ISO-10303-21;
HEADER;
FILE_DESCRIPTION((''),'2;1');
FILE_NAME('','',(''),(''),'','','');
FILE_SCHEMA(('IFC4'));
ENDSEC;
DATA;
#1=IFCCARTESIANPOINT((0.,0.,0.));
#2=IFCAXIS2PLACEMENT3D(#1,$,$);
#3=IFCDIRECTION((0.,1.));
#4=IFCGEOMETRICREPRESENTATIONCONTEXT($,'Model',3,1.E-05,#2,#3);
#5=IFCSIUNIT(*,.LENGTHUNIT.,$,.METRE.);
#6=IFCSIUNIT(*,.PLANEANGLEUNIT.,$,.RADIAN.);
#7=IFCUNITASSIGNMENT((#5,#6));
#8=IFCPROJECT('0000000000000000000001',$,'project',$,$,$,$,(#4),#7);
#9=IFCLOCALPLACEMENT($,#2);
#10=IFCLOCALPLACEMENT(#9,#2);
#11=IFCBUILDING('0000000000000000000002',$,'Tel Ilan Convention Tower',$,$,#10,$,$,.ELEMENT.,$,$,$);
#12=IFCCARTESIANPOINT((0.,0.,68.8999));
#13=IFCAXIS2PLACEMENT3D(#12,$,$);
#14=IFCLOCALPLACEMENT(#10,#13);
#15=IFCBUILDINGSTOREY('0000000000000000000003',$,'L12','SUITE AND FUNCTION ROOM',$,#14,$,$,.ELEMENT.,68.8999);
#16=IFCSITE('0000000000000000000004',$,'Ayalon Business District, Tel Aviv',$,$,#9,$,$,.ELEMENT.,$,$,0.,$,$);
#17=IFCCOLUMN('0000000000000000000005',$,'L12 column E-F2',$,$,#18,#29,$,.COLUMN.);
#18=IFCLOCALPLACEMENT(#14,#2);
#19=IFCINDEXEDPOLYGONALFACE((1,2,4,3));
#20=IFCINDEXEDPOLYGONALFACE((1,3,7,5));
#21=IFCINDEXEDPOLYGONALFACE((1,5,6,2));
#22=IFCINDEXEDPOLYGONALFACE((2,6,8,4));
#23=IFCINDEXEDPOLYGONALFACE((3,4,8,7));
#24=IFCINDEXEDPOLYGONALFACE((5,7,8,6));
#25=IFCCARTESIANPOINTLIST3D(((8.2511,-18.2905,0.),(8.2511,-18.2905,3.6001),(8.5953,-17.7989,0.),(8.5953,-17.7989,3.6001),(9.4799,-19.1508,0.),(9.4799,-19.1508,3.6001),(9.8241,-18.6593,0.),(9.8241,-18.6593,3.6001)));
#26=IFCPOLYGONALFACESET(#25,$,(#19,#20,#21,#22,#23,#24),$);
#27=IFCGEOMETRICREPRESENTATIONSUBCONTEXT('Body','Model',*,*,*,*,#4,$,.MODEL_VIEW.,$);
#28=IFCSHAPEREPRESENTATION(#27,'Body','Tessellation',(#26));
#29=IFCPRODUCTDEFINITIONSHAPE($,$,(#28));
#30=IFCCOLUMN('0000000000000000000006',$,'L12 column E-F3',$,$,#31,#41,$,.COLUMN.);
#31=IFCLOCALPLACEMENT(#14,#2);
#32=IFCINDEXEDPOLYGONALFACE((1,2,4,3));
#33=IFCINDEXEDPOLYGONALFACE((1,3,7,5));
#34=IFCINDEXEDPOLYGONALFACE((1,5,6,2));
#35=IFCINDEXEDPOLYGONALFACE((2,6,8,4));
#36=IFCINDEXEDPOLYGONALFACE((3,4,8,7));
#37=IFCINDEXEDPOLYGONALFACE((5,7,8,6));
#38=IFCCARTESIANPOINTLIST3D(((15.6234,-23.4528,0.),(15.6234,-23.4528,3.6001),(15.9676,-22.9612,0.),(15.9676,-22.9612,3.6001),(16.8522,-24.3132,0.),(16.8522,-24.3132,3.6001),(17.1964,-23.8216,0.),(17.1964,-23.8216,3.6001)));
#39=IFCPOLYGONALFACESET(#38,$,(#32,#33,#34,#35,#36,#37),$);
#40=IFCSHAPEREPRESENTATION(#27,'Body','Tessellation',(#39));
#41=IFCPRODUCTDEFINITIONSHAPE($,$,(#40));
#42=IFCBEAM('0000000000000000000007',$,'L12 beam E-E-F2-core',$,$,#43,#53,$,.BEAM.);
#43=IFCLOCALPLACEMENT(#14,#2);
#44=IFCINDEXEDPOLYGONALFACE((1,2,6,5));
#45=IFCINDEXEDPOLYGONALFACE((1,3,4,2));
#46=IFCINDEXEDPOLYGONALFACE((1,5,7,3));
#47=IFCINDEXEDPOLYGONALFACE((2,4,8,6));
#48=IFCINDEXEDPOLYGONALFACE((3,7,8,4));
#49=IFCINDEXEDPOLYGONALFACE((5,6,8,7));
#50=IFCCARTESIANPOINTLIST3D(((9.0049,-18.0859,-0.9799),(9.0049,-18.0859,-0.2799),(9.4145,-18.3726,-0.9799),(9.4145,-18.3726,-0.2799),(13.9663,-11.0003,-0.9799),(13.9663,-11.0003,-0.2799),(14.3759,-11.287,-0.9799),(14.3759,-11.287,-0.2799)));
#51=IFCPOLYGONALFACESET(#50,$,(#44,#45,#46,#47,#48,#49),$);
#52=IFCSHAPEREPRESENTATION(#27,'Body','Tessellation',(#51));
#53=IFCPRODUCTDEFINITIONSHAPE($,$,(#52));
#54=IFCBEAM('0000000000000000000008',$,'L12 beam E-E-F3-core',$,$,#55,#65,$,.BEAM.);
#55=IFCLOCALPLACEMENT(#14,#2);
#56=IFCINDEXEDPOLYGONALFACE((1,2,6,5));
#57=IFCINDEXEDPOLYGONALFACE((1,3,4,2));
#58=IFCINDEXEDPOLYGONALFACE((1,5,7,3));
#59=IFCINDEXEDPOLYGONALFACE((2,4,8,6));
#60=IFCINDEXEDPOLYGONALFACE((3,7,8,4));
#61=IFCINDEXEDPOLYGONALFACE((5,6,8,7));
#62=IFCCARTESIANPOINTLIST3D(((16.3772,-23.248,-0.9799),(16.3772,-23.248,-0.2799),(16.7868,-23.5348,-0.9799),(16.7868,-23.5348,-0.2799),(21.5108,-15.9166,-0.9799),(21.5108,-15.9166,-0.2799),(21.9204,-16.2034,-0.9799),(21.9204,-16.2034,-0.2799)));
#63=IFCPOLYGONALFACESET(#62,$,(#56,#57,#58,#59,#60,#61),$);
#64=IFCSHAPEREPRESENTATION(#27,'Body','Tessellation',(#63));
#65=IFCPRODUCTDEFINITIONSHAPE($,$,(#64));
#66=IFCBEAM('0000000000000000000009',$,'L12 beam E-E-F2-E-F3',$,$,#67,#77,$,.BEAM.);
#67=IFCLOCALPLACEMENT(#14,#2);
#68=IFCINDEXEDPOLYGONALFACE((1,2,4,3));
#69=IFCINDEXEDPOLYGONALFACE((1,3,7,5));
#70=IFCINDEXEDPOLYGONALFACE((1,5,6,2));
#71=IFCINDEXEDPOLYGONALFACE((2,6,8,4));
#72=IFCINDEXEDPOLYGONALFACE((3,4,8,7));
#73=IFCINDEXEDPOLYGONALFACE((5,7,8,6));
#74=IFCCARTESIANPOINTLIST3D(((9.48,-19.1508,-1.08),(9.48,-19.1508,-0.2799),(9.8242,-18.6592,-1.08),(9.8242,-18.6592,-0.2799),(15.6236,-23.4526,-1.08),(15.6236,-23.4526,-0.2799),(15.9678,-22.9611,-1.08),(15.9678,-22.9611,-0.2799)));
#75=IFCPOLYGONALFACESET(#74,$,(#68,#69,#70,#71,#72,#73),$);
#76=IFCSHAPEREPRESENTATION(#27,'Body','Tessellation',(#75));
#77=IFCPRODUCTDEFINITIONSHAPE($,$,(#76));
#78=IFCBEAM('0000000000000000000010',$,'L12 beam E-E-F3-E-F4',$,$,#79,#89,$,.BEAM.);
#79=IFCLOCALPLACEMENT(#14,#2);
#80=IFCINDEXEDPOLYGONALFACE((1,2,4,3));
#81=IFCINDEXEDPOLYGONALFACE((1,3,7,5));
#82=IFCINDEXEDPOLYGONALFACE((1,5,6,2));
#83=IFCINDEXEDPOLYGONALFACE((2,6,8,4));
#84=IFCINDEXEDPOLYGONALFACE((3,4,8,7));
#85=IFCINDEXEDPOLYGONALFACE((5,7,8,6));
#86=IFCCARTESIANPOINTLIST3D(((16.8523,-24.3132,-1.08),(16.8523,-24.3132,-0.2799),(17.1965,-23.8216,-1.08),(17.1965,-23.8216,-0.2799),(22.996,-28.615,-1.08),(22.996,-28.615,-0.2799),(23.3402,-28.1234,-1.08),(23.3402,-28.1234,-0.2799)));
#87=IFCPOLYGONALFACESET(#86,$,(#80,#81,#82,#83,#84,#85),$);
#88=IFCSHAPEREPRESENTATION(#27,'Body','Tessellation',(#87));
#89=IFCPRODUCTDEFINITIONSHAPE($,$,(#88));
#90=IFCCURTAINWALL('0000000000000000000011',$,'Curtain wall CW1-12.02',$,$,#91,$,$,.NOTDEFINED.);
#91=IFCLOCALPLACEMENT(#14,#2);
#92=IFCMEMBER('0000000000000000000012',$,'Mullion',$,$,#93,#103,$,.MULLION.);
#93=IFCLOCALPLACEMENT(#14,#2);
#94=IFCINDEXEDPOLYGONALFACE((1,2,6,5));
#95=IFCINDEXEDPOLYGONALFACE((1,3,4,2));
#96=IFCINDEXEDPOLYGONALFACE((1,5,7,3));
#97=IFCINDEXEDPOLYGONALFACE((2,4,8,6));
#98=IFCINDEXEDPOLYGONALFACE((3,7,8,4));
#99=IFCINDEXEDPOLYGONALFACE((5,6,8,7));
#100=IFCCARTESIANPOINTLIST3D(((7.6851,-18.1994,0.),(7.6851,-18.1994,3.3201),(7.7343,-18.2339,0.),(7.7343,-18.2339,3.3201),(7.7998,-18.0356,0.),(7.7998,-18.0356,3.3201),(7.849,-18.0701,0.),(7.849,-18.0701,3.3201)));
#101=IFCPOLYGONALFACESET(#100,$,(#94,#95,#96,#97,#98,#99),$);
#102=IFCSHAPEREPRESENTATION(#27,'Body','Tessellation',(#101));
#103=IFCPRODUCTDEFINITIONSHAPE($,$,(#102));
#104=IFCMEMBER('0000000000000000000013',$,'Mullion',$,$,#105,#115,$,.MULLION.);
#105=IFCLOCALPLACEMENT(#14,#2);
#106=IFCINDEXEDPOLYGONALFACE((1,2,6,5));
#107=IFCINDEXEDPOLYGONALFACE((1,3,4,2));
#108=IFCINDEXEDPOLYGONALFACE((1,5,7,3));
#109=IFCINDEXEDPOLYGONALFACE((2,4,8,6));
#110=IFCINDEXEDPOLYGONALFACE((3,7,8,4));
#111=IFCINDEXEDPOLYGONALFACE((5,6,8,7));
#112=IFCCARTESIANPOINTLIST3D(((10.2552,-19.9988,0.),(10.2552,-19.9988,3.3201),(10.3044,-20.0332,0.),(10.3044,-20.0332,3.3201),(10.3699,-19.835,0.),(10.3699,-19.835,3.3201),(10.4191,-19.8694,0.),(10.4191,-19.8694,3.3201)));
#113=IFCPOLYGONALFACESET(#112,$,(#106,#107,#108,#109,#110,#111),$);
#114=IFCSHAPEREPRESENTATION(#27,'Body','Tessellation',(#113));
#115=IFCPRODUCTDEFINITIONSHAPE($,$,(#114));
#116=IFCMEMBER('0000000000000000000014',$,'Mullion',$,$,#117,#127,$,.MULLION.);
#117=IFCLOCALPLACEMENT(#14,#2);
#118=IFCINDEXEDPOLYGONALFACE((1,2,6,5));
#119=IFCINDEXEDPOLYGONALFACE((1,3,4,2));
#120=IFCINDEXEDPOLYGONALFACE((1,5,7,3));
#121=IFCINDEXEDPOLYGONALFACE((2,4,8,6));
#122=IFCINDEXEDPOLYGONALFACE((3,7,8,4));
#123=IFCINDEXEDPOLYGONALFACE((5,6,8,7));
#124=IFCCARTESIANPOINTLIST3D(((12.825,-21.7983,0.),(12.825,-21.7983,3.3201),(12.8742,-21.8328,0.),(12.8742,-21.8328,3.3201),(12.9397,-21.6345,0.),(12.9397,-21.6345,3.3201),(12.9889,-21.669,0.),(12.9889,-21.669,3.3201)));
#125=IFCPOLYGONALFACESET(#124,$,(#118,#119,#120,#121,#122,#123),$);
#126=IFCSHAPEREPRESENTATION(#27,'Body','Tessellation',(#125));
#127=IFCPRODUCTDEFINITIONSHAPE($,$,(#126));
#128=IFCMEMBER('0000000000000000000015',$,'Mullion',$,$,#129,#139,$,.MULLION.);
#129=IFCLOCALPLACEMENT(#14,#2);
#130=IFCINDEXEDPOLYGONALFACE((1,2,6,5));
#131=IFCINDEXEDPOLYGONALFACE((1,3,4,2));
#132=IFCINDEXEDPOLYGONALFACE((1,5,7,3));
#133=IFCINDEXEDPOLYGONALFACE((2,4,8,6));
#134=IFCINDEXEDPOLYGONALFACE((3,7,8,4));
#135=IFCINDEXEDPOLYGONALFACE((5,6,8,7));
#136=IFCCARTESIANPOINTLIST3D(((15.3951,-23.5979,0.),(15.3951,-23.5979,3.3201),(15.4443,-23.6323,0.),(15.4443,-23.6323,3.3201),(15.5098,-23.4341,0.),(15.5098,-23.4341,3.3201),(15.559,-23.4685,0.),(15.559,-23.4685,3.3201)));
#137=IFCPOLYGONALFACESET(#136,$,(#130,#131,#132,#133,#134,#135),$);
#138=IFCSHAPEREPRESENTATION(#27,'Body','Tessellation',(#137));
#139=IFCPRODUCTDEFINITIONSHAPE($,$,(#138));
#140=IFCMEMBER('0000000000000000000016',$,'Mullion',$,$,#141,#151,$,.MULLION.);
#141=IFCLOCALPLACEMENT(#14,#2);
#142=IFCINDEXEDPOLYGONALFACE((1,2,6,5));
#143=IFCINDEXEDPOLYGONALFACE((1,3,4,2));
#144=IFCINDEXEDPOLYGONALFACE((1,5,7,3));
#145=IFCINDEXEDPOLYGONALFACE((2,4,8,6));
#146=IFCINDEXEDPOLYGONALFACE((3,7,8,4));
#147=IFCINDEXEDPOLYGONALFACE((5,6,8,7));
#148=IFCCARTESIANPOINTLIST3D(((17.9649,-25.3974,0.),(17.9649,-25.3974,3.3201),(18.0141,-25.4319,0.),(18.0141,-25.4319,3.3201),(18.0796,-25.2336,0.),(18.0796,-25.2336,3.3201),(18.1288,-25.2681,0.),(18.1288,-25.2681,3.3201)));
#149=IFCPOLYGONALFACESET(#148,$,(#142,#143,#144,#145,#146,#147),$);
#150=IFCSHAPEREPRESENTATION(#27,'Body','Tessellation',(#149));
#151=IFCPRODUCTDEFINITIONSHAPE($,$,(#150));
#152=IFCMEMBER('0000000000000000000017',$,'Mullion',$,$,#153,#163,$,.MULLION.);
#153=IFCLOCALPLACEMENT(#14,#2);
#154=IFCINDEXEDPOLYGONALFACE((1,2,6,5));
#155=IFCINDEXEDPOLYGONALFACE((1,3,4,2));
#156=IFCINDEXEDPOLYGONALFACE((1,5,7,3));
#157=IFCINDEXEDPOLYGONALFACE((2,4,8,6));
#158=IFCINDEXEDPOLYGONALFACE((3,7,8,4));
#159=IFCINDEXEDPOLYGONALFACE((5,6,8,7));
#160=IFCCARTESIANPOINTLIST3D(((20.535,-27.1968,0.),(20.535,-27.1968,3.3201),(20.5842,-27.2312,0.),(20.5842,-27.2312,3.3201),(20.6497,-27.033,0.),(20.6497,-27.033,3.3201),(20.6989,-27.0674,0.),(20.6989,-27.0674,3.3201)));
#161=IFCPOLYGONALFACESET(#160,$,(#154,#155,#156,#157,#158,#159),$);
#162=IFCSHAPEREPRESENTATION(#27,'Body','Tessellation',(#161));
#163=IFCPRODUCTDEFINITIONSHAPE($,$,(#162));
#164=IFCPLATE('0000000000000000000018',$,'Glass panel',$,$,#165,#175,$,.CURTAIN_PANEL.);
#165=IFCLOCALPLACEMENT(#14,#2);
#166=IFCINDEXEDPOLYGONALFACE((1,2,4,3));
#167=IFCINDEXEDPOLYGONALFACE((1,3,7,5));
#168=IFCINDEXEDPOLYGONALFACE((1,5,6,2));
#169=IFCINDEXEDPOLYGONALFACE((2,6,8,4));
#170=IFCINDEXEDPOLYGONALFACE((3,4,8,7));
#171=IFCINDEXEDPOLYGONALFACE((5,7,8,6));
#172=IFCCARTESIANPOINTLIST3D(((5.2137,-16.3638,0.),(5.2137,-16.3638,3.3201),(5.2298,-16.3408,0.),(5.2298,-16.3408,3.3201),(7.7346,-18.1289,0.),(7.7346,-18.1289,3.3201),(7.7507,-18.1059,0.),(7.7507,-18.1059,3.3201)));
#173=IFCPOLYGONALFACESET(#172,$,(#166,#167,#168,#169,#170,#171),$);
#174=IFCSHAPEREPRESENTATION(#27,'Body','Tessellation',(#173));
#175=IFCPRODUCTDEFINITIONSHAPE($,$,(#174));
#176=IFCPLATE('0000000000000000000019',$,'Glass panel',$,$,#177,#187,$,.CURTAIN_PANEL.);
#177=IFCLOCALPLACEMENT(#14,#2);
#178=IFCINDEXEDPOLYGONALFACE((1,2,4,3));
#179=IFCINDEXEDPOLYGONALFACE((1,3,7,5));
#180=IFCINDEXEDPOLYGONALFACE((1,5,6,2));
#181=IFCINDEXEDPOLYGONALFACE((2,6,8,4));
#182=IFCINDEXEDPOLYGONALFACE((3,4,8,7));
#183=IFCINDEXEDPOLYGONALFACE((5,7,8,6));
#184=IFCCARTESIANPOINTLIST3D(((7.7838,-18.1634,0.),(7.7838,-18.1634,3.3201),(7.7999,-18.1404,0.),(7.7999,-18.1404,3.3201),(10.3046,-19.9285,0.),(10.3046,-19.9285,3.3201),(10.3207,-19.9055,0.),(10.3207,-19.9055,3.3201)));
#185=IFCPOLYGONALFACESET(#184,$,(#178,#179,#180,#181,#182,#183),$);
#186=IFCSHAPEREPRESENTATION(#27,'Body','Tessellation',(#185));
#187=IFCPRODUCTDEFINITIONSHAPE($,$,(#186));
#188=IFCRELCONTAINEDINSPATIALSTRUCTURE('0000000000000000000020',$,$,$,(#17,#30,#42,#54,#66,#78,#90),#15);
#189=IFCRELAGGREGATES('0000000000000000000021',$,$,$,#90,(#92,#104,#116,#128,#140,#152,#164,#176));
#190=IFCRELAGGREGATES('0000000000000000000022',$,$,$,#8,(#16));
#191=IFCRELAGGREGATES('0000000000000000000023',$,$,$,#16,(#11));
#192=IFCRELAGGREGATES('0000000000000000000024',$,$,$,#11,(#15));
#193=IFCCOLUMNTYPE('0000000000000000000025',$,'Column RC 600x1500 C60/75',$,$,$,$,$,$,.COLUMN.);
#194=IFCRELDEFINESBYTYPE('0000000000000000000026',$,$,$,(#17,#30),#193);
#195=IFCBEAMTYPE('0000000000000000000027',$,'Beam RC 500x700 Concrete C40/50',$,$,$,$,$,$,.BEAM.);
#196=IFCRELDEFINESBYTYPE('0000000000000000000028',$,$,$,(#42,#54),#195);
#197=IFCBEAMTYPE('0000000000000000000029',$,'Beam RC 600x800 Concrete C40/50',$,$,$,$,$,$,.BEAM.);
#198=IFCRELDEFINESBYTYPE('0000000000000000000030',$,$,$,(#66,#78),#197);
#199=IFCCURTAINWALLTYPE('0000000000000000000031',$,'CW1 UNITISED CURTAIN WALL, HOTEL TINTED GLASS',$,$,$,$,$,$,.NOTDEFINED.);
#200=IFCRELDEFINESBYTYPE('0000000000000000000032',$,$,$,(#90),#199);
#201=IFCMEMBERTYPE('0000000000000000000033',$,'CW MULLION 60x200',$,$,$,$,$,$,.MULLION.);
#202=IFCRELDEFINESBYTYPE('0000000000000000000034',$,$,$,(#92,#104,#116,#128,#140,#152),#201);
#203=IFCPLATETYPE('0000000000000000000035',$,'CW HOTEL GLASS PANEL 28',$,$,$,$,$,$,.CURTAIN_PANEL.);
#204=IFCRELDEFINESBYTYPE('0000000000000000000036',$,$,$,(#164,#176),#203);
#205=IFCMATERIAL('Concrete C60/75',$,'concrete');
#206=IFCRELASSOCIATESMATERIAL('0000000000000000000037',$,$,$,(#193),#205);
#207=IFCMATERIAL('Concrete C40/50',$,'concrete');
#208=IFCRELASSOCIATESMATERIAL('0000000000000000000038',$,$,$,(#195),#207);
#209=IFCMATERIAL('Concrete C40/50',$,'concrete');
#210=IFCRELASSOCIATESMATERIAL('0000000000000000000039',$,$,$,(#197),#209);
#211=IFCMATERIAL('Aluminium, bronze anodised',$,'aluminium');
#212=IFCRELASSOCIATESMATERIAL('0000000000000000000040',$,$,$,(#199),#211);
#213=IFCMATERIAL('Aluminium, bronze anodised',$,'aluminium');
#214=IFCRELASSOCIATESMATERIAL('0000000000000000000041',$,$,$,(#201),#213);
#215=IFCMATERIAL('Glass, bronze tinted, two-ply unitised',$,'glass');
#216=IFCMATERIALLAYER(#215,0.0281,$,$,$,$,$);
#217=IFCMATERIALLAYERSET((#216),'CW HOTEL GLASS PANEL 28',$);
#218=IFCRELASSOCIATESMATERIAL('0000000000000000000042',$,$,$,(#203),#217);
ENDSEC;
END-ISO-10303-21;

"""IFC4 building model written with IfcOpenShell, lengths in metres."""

from ifc_helpers import new_model, si_unit, direction, frame, origin, origin_2d, place, context, subcontext, project, spatial, rectangle, extrude, material, layer, layer_set, material_profile, profile_set, type_object, element, aggregate, save


model = new_model("IFC4")

# Units and contexts
model_context = context("Model", 3, precision=1e-05, world=origin(), true_north=direction((0.0, 1.0)))
body_context = subcontext(model_context, "Body", "Model", "MODEL_VIEW")
ifc_project = project(units=[si_unit("LENGTHUNIT", "METRE"), si_unit("PLANEANGLEUNIT", "RADIAN")], contexts=[model_context])

# Site, building, storey
site_placement = place(None, origin())
site = spatial("IfcSite", under=ifc_project, at=site_placement, Name="Ayalon Business District, Tel Aviv", CompositionType="ELEMENT", RefElevation=0.0)
building_placement = place(site_placement, origin())
building = spatial("IfcBuilding", under=site, at=building_placement, Name="Tel Ilan Convention Tower", CompositionType="ELEMENT")
storey_placement = place(building_placement, frame((0.0, 0.0, 68.8999)))
storey = spatial("IfcBuildingStorey", under=building, at=storey_placement, Name="L12", Description="SUITE AND FUNCTION ROOM", CompositionType="ELEMENT", Elevation=68.8999)

# Columns
ifc_material_1 = material(Name="Concrete C60/75", Category="concrete")
ifc_material_profile_1 = material_profile(ifc_material_1, rectangle(XDim=1.5, YDim=0.6001, at=origin_2d()), Name="RC 600x1500")
ifc_profile_set_1 = profile_set([ifc_material_profile_1], Name="Concrete C60/75")
column_type = type_object("IfcColumnType", Name="Column RC 600x1500 C60/75", PredefinedType="COLUMN", material=ifc_profile_set_1)
for number, where, z_axis, x_axis, name in (
    (1, (9.0376, -18.4749, 0.0), (0.0, 0.0, 1.0), (0.819152, -0.573576, 0.0), "L12 column E-F2"),
    (2, (16.4099, -23.6372, 0.0), (0.0, 0.0, 1.0), (0.819152, -0.573576, 0.0), "L12 column E-F3"),
):
    element("IfcColumn", number, at=place(storey_placement, frame(where, z_axis=z_axis, x_axis=x_axis)), inside=storey, type_object=column_type, Name=name, PredefinedType="COLUMN", context=body_context, shape_type="SweptSolid", body=[
        extrude(rectangle(XDim=1.5, YDim=0.6001, at=origin_2d()), origin(), (0.0, 0.0, 1.0), 3.6001),
    ])

# Beams
ifc_material_2 = material(Name="Concrete C40/50", Category="concrete")
ifc_material_profile_2 = material_profile(ifc_material_2, rectangle(XDim=0.5, YDim=0.7, at=origin_2d()), Name="RC 500x700")
ifc_profile_set_2 = profile_set([ifc_material_profile_2], Name="Concrete C40/50")
beam_type_1 = type_object("IfcBeamType", Name="Beam RC 500x700 Concrete C40/50", PredefinedType="BEAM", material=ifc_profile_set_2)
beam_1_placement = place(storey_placement, frame((9.2097, -18.2292, -0.6299), z_axis=(0.573574, 0.819154, 0.0), x_axis=(-0.819154, 0.573574, 0.0)))
element("IfcBeam", 3, at=beam_1_placement, inside=storey, type_object=beam_type_1, Name="L12 beam E-E-F2-core", PredefinedType="BEAM", context=body_context, shape_type="SweptSolid", body=[
    extrude(rectangle(XDim=0.5, YDim=0.7, at=origin_2d()), origin(), (0.0, 0.0, 1.0), 8.6499),
])
beam_2_placement = place(storey_placement, frame((16.582, -23.3914, -0.6299), z_axis=(0.573585, 0.819146, 0.0), x_axis=(-0.819146, 0.573585, 0.0)))
element("IfcBeam", 4, at=beam_2_placement, inside=storey, type_object=beam_type_1, Name="L12 beam E-E-F3-core", PredefinedType="BEAM", context=body_context, shape_type="SweptSolid", body=[
    extrude(rectangle(XDim=0.5, YDim=0.7, at=origin_2d()), origin(), (0.0, 0.0, 1.0), 8.95),
])
ifc_material_3 = material(Name="Concrete C40/50", Category="concrete")
ifc_material_profile_3 = material_profile(ifc_material_3, rectangle(XDim=0.6001, YDim=0.8, at=origin_2d()), Name="RC 600x800")
ifc_profile_set_3 = profile_set([ifc_material_profile_3], Name="Concrete C40/50")
beam_type_2 = type_object("IfcBeamType", Name="Beam RC 600x800 Concrete C40/50", PredefinedType="BEAM", material=ifc_profile_set_3)
for number, where, z_axis, x_axis, name in (
    (5, (9.6521, -18.905, -0.6799), (0.819152, -0.573576, 0.0), (0.573576, 0.819152, 0.0), "L12 beam E-E-F2-E-F3"),
    (6, (17.0244, -24.0674, -0.6799), (0.819152, -0.573576, 0.0), (0.573576, 0.819152, 0.0), "L12 beam E-E-F3-E-F4"),
):
    element("IfcBeam", number, at=place(storey_placement, frame(where, z_axis=z_axis, x_axis=x_axis)), inside=storey, type_object=beam_type_2, Name=name, PredefinedType="BEAM", context=body_context, shape_type="SweptSolid", body=[
        extrude(rectangle(XDim=0.6001, YDim=0.8, at=origin_2d()), origin(), (0.0, 0.0, 1.0), 7.5),
    ])

# Curtain wall, members, plates
ifc_material_4 = material(Name="Aluminium, bronze anodised", Category="aluminium")
curtain_wall_type = type_object("IfcCurtainWallType", Name="CW1 UNITISED CURTAIN WALL, HOTEL TINTED GLASS", PredefinedType="NOTDEFINED", material=ifc_material_4)
curtain_wall_placement = place(storey_placement, origin())
curtain_wall = element("IfcCurtainWall", 7, at=curtain_wall_placement, inside=storey, type_object=curtain_wall_type, Name="Curtain wall CW1-12.02", PredefinedType="NOTDEFINED")
ifc_material_5 = material(Name="Aluminium, bronze anodised", Category="aluminium")
ifc_material_profile_4 = material_profile(ifc_material_5, rectangle(XDim=0.0601, YDim=0.2, at=origin_2d()), Name="CW MULLION 60x200")
ifc_profile_set_4 = profile_set([ifc_material_profile_4], Name="Aluminium, bronze anodised")
member_type = type_object("IfcMemberType", Name="CW MULLION 60x200", PredefinedType="MULLION", material=ifc_profile_set_4)
member_1_placement = place(storey_placement, frame((7.7671, -18.1348, 0.0), z_axis=(0.0, 0.0, 1.0), x_axis=(0.819152, -0.573576, 0.0)))
member_1 = element("IfcMember", 8, at=member_1_placement, type_object=member_type, Name="Mullion", PredefinedType="MULLION", context=body_context, shape_type="SweptSolid", body=[
    extrude(rectangle(XDim=0.0601, YDim=0.2, at=origin_2d()), origin(), (0.0, 0.0, 1.0), 3.3201),
])
member_2_placement = place(storey_placement, frame((10.3372, -19.9341, 0.0), z_axis=(0.0, 0.0, 1.0), x_axis=(0.819152, -0.573576, 0.0)))
member_2 = element("IfcMember", 9, at=member_2_placement, type_object=member_type, Name="Mullion", PredefinedType="MULLION", context=body_context, shape_type="SweptSolid", body=[
    extrude(rectangle(XDim=0.0601, YDim=0.2, at=origin_2d()), origin(), (0.0, 0.0, 1.0), 3.3201),
])
member_3_placement = place(storey_placement, frame((12.907, -21.7336, 0.0), z_axis=(0.0, 0.0, 1.0), x_axis=(0.819152, -0.573576, 0.0)))
member_3 = element("IfcMember", 10, at=member_3_placement, type_object=member_type, Name="Mullion", PredefinedType="MULLION", context=body_context, shape_type="SweptSolid", body=[
    extrude(rectangle(XDim=0.0601, YDim=0.2, at=origin_2d()), origin(), (0.0, 0.0, 1.0), 3.3201),
])
member_4_placement = place(storey_placement, frame((15.4771, -23.5332, 0.0), z_axis=(0.0, 0.0, 1.0), x_axis=(0.819152, -0.573576, 0.0)))
member_4 = element("IfcMember", 11, at=member_4_placement, type_object=member_type, Name="Mullion", PredefinedType="MULLION", context=body_context, shape_type="SweptSolid", body=[
    extrude(rectangle(XDim=0.0601, YDim=0.2, at=origin_2d()), origin(), (0.0, 0.0, 1.0), 3.3201),
])
member_5_placement = place(storey_placement, frame((18.0469, -25.3328, 0.0), z_axis=(0.0, 0.0, 1.0), x_axis=(0.819152, -0.573576, 0.0)))
member_5 = element("IfcMember", 12, at=member_5_placement, type_object=member_type, Name="Mullion", PredefinedType="MULLION", context=body_context, shape_type="SweptSolid", body=[
    extrude(rectangle(XDim=0.0601, YDim=0.2, at=origin_2d()), origin(), (0.0, 0.0, 1.0), 3.3201),
])
member_6_placement = place(storey_placement, frame((20.6169, -27.1321, 0.0), z_axis=(0.0, 0.0, 1.0), x_axis=(0.819152, -0.573576, 0.0)))
member_6 = element("IfcMember", 13, at=member_6_placement, type_object=member_type, Name="Mullion", PredefinedType="MULLION", context=body_context, shape_type="SweptSolid", body=[
    extrude(rectangle(XDim=0.0601, YDim=0.2, at=origin_2d()), origin(), (0.0, 0.0, 1.0), 3.3201),
])
ifc_material_6 = material(Name="Glass, bronze tinted, two-ply unitised", Category="glass")
ifc_layer_1 = layer(ifc_material_6, 0.0281)
ifc_layer_set_1 = layer_set([ifc_layer_1], Name="CW HOTEL GLASS PANEL 28")
plate_type = type_object("IfcPlateType", Name="CW HOTEL GLASS PANEL 28", PredefinedType="CURTAIN_PANEL", material=ifc_layer_set_1)
plate_1_placement = place(storey_placement, frame((6.4822, -17.2349, 0.0), z_axis=(0.0, 0.0, 1.0), x_axis=(0.819152, -0.573576, 0.0)))
plate_1 = element("IfcPlate", 14, at=plate_1_placement, type_object=plate_type, Name="Glass panel", PredefinedType="CURTAIN_PANEL", context=body_context, shape_type="SweptSolid", body=[
    extrude(rectangle(XDim=3.0774, YDim=0.0281, at=origin_2d()), origin(), (0.0, 0.0, 1.0), 3.3201),
])
plate_2_placement = place(storey_placement, frame((9.0522, -19.0344, 0.0), z_axis=(0.0, 0.0, 1.0), x_axis=(0.819152, -0.573576, 0.0)))
plate_2 = element("IfcPlate", 15, at=plate_2_placement, type_object=plate_type, Name="Glass panel", PredefinedType="CURTAIN_PANEL", context=body_context, shape_type="SweptSolid", body=[
    extrude(rectangle(XDim=3.0774, YDim=0.0281, at=origin_2d()), origin(), (0.0, 0.0, 1.0), 3.3201),
])
aggregate(curtain_wall, [member_1, member_2, member_3, member_4, member_5, member_6, plate_1, plate_2])

save(model, "model.ifc")
